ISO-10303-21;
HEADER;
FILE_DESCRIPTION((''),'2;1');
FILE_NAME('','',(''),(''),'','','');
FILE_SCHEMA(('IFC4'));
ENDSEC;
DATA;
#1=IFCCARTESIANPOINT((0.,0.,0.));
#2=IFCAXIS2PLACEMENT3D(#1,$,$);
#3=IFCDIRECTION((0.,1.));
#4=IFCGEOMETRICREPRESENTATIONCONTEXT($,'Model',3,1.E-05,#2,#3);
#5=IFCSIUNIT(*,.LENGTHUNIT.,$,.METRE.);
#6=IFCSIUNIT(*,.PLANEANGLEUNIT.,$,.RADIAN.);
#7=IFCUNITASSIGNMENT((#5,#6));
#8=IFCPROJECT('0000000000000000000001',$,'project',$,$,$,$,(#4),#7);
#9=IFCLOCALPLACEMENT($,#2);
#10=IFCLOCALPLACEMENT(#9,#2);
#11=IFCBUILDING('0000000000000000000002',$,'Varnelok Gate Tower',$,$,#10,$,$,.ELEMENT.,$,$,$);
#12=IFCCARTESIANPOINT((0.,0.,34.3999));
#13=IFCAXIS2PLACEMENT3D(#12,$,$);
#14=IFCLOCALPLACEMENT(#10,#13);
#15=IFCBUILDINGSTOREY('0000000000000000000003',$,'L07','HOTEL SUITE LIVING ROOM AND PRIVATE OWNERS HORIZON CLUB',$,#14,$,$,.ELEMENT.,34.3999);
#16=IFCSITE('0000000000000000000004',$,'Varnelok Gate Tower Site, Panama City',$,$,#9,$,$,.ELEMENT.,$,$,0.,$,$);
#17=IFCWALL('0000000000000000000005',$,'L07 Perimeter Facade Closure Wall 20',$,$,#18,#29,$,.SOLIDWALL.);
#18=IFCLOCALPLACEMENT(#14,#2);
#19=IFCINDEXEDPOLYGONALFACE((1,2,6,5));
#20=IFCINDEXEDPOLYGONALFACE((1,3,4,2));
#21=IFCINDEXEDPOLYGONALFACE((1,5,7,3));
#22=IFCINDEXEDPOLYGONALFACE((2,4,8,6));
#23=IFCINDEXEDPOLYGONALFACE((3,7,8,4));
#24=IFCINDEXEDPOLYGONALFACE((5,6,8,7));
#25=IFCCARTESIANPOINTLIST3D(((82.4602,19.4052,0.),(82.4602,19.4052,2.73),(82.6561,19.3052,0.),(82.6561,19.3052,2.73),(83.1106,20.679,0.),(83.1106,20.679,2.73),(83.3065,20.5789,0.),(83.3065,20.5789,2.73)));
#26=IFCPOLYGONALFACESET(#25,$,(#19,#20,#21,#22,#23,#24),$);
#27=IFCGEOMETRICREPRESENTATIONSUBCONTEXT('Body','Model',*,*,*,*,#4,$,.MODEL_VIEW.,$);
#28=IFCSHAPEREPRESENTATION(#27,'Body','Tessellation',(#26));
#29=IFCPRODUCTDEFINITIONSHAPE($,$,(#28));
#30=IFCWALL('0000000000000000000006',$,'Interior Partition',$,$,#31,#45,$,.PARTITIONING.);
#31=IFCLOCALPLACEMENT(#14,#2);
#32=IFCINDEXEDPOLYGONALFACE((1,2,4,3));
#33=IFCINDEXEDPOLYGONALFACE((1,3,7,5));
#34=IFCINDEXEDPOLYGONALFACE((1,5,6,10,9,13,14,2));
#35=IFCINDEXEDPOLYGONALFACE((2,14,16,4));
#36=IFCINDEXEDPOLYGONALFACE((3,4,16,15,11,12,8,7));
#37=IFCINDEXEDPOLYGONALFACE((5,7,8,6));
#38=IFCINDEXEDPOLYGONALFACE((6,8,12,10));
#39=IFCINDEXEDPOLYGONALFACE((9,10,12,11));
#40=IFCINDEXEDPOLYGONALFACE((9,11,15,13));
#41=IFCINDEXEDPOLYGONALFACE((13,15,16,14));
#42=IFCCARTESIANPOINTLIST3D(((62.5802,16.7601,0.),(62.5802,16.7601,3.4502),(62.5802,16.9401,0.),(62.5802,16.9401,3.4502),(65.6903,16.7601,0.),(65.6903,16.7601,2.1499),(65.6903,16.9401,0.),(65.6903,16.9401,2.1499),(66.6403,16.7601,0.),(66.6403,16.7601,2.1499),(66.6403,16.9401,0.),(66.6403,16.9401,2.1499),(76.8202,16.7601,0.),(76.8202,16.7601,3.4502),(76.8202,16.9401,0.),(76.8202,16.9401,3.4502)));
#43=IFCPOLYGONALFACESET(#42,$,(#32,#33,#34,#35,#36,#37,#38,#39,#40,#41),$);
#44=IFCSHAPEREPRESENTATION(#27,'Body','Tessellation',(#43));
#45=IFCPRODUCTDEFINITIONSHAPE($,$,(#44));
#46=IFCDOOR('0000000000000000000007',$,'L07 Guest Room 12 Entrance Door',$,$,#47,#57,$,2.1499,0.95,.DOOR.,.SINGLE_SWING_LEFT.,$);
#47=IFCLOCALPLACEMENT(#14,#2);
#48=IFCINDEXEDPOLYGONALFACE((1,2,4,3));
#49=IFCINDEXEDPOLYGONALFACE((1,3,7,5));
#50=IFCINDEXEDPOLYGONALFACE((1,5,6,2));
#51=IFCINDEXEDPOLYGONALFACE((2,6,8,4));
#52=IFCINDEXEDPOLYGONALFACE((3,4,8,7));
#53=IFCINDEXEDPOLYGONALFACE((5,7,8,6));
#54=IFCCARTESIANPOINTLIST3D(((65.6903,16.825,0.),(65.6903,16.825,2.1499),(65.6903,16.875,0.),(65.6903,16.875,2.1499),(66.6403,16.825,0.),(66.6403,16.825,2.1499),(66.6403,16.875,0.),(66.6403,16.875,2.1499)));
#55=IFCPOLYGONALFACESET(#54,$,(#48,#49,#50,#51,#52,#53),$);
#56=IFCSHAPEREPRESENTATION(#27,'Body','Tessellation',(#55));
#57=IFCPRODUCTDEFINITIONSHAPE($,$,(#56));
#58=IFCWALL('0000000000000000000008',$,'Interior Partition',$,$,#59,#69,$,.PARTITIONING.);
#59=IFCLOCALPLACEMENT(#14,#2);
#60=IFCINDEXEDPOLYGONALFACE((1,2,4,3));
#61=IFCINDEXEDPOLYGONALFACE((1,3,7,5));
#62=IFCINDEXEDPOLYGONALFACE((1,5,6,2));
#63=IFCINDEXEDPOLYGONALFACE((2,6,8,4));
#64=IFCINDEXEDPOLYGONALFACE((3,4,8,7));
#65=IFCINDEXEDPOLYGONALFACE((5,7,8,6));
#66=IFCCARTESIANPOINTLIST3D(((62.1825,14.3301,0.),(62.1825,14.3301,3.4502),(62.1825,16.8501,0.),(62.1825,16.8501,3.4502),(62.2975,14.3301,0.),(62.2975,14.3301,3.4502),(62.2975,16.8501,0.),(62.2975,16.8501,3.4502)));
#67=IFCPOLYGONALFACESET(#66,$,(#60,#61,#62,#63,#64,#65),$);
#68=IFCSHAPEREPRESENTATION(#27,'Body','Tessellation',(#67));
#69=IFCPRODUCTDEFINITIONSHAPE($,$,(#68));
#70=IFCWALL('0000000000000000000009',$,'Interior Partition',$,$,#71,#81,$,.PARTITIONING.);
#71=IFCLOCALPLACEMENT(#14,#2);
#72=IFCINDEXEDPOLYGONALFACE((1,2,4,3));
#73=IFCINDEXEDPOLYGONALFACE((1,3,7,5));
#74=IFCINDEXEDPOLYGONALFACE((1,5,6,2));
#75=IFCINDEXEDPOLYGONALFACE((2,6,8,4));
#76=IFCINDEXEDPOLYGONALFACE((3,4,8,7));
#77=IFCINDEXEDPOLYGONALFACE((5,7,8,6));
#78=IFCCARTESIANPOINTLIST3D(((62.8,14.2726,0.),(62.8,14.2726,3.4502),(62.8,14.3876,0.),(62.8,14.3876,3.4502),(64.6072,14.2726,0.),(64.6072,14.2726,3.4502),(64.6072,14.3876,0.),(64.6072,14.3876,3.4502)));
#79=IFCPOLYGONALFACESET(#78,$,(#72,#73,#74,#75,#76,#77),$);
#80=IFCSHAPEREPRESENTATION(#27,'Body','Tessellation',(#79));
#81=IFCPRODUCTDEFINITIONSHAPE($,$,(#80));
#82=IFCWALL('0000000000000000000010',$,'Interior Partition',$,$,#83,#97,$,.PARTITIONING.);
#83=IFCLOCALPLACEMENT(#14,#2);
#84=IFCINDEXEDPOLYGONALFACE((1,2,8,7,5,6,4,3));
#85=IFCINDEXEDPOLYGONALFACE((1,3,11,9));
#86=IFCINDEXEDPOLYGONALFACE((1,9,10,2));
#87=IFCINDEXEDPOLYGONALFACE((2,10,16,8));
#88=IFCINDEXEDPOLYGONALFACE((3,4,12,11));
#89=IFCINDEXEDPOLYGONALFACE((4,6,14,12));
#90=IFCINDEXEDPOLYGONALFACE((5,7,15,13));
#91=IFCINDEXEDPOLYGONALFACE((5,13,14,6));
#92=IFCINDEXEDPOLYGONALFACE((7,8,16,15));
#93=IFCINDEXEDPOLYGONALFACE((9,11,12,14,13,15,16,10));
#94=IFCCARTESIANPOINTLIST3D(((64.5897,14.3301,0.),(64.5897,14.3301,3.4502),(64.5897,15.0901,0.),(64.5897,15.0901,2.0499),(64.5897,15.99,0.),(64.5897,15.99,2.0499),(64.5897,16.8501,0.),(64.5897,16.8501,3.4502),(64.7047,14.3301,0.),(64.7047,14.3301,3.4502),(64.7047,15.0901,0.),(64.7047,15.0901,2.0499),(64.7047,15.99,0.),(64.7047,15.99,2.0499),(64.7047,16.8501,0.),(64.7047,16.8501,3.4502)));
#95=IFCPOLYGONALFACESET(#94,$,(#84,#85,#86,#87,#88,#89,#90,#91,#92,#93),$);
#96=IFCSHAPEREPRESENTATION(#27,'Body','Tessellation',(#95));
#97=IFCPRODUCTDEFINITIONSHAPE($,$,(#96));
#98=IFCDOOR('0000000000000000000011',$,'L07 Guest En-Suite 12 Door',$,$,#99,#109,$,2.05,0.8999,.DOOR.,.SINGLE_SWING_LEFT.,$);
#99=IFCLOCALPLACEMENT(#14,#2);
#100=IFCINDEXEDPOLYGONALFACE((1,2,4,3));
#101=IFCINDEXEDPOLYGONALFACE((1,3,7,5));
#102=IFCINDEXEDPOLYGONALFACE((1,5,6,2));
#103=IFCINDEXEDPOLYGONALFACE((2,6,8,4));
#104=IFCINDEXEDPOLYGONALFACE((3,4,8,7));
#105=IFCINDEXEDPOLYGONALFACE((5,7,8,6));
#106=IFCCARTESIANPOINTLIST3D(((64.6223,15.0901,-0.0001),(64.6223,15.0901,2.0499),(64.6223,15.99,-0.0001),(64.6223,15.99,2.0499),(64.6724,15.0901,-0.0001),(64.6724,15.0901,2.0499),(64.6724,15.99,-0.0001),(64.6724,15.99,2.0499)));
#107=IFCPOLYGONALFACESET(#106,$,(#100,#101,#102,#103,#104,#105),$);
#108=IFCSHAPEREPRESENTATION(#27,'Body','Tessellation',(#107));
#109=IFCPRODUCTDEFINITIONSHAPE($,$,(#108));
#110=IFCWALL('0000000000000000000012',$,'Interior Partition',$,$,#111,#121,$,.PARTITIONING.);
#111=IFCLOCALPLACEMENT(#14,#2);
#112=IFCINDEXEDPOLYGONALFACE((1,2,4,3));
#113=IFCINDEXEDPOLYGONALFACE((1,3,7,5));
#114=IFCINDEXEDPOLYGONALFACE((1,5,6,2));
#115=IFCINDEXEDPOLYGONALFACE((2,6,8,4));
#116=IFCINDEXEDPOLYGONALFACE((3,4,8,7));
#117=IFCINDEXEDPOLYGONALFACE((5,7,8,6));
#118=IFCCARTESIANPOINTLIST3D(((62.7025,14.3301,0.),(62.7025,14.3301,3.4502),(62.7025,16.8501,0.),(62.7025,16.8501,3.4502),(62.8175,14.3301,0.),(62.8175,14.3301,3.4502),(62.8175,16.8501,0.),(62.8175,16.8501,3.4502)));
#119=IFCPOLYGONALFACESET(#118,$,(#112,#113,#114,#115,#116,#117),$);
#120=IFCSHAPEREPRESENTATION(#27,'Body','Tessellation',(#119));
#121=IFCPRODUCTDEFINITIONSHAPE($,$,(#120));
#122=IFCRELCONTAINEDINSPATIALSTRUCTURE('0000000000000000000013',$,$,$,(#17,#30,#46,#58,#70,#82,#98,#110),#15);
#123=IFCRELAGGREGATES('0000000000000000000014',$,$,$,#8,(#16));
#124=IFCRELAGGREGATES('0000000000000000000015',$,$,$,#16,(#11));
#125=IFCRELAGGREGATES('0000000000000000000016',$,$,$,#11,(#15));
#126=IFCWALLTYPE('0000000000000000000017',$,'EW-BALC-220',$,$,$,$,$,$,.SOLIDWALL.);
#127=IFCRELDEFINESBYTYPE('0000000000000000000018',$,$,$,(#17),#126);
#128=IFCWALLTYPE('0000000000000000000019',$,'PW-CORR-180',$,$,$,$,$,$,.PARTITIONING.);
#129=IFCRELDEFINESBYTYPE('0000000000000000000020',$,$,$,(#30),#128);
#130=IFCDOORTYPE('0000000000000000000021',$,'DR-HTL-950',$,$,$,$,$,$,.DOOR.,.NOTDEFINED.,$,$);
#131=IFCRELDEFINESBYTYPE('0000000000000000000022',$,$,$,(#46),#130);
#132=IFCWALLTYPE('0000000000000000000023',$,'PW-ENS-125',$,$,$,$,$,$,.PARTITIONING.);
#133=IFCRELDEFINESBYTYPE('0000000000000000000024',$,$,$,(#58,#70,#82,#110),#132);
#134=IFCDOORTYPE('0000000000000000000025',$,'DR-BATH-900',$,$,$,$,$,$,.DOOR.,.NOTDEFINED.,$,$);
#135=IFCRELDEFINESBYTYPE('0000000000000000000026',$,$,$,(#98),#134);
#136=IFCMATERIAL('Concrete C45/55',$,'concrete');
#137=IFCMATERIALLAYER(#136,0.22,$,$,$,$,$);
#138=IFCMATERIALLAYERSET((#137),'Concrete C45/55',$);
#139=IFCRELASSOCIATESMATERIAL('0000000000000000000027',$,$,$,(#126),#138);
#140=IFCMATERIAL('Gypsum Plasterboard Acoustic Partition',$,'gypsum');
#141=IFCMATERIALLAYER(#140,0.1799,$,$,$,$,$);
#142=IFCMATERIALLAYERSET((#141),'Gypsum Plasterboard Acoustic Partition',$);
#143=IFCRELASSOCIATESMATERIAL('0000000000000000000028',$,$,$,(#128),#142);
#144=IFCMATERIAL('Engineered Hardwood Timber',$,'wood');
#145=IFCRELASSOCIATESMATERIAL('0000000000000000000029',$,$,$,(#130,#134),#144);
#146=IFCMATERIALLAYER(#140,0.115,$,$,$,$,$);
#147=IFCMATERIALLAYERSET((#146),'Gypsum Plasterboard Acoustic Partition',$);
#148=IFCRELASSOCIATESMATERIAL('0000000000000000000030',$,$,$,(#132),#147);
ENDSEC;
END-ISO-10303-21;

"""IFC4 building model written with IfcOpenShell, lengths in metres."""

from ifc_helpers import new_model, si_unit, direction, frame, frame_2d, origin, place, context, subcontext, project, spatial, rectangle, extrude, material, layer, layer_set, type_object, element, fill, save


model = new_model("IFC4")

# Units and contexts
model_context = context("Model", 3, precision=1e-05, world=origin(), true_north=direction((0.0, 1.0)))
body_context = subcontext(model_context, "Body", "Model", "MODEL_VIEW")
ifc_project = project(units=[si_unit("LENGTHUNIT", "METRE"), si_unit("PLANEANGLEUNIT", "RADIAN")], contexts=[model_context])

# Site, building, storey
site_placement = place(None, origin())
site = spatial("IfcSite", under=ifc_project, at=site_placement, Name="Varnelok Gate Tower Site, Panama City", CompositionType="ELEMENT", RefElevation=0.0)
building_placement = place(site_placement, origin())
building = spatial("IfcBuilding", under=site, at=building_placement, Name="Varnelok Gate Tower", CompositionType="ELEMENT")
storey_placement = place(building_placement, frame((0.0, 0.0, 34.3999)))
storey = spatial("IfcBuildingStorey", under=building, at=storey_placement, Name="L07", Description="HOTEL SUITE LIVING ROOM AND PRIVATE OWNERS HORIZON CLUB", CompositionType="ELEMENT", Elevation=34.3999)

# Wall
ifc_material_1 = material(Name="Concrete C45/55", Category="concrete")
ifc_layer_1 = layer(ifc_material_1, 0.22)
ifc_layer_set_1 = layer_set([ifc_layer_1], Name="Concrete C45/55")
wall_type_1 = type_object("IfcWallType", Name="EW-BALC-220", PredefinedType="SOLIDWALL", material=ifc_layer_set_1)
wall_1_placement = place(storey_placement, frame((82.5581, 19.3552, 0.0), z_axis=(0.0, 0.0, 1.0), x_axis=(0.454777, 0.890605, 0.0)))
element("IfcWall", 1, at=wall_1_placement, inside=storey, type_object=wall_type_1, Name="L07 Perimeter Facade Closure Wall 20", PredefinedType="SOLIDWALL", context=body_context, shape_type="SweptSolid", body=[
    extrude(rectangle(XDim=1.4302, YDim=0.22, at=frame_2d((0.7151, 0.0))), origin(), (0.0, 0.0, 1.0), 2.73),
])

# Wall, opening, door
ifc_material_2 = material(Name="Gypsum Plasterboard Acoustic Partition", Category="gypsum")
ifc_layer_2 = layer(ifc_material_2, 0.1799)
ifc_layer_set_2 = layer_set([ifc_layer_2], Name="Gypsum Plasterboard Acoustic Partition")
wall_type_2 = type_object("IfcWallType", Name="PW-CORR-180", PredefinedType="PARTITIONING", material=ifc_layer_set_2)
wall_2_placement = place(storey_placement, frame((62.5801, 16.8501, 0.0), z_axis=(0.0, 0.0, 1.0), x_axis=(1.0, 0.0, 0.0)))
wall_2 = element("IfcWall", 2, at=wall_2_placement, inside=storey, type_object=wall_type_2, Name="Interior Partition", PredefinedType="PARTITIONING", context=body_context, shape_type="SweptSolid", body=[
    extrude(rectangle(XDim=14.24, YDim=0.1799, at=frame_2d((7.1201, 0.0))), origin(), (0.0, 0.0, 1.0), 3.4502),
])
opening_1_placement = place(wall_2_placement, frame((3.1101, 0.0, 0.0)))
opening_1 = element("IfcOpeningElement", 3, at=opening_1_placement, cuts=wall_2, PredefinedType="OPENING", context=body_context, shape_type="SweptSolid", body=[
    extrude(rectangle(XDim=0.95, YDim=2.1499, at=frame_2d((0.4751, 1.075))), frame((0.0, 0.0999, 0.0), z_axis=(0.0, -1.0, 0.0), x_axis=(1.0, 0.0, 0.0)), (0.0, 0.0, 1.0), 0.2),
])
ifc_material_3 = material(Name="Engineered Hardwood Timber", Category="wood")
door_type_1 = type_object("IfcDoorType", Name="DR-HTL-950", OperationType="NOTDEFINED", PredefinedType="DOOR", material=ifc_material_3)
door_1_placement = place(opening_1_placement, origin())
door_1 = element("IfcDoor", 4, at=door_1_placement, inside=storey, type_object=door_type_1, Name="L07 Guest Room 12 Entrance Door", OperationType="SINGLE_SWING_LEFT", OverallHeight=2.1499, OverallWidth=0.95, PredefinedType="DOOR", context=body_context, shape_type="SweptSolid", body=[
    extrude(rectangle(XDim=0.95, YDim=2.1499, at=frame_2d((0.4751, 1.075))), frame((0.0, 0.0249, 0.0), z_axis=(0.0, -1.0, 0.0), x_axis=(1.0, 0.0, 0.0)), (0.0, 0.0, 1.0), 0.05),
])
fill(opening_1, door_1)

# Walls
ifc_layer_3 = layer(ifc_material_2, 0.115)
ifc_layer_set_3 = layer_set([ifc_layer_3], Name="Gypsum Plasterboard Acoustic Partition")
wall_type_3 = type_object("IfcWallType", Name="PW-ENS-125", PredefinedType="PARTITIONING", material=ifc_layer_set_3)
wall_3_placement = place(storey_placement, frame((62.24, 14.3301, 0.0), z_axis=(0.0, 0.0, 1.0), x_axis=(0.0, 1.0, 0.0)))
element("IfcWall", 5, at=wall_3_placement, inside=storey, type_object=wall_type_3, Name="Interior Partition", PredefinedType="PARTITIONING", context=body_context, shape_type="SweptSolid", body=[
    extrude(rectangle(XDim=2.52, YDim=0.115, at=frame_2d((1.26, 0.0))), origin(), (0.0, 0.0, 1.0), 3.4502),
])
wall_4_placement = place(storey_placement, frame((62.8, 14.3301, 0.0), z_axis=(0.0, 0.0, 1.0), x_axis=(1.0, 0.0, 0.0)))
element("IfcWall", 6, at=wall_4_placement, inside=storey, type_object=wall_type_3, Name="Interior Partition", PredefinedType="PARTITIONING", context=body_context, shape_type="SweptSolid", body=[
    extrude(rectangle(XDim=1.8071, YDim=0.115, at=frame_2d((0.9036, 0.0))), origin(), (0.0, 0.0, 1.0), 3.4502),
])

# Wall, opening, door
wall_5_placement = place(storey_placement, frame((64.6472, 14.3301, 0.0), z_axis=(0.0, 0.0, 1.0), x_axis=(0.0, 1.0, 0.0)))
wall_5 = element("IfcWall", 7, at=wall_5_placement, inside=storey, type_object=wall_type_3, Name="Interior Partition", PredefinedType="PARTITIONING", context=body_context, shape_type="SweptSolid", body=[
    extrude(rectangle(XDim=2.52, YDim=0.115, at=frame_2d((1.26, 0.0))), origin(), (0.0, 0.0, 1.0), 3.4502),
])
opening_2_placement = place(wall_5_placement, frame((0.76, 0.0, 0.0)))
opening_2 = element("IfcOpeningElement", 8, at=opening_2_placement, cuts=wall_5, PredefinedType="OPENING", context=body_context, shape_type="SweptSolid", body=[
    extrude(rectangle(XDim=0.8999, YDim=2.05, at=frame_2d((0.45, 1.0249))), frame((0.0, 0.0674, 0.0), z_axis=(0.0, -1.0, 0.0), x_axis=(1.0, 0.0, 0.0)), (0.0, 0.0, 1.0), 0.135),
])
door_type_2 = type_object("IfcDoorType", Name="DR-BATH-900", OperationType="NOTDEFINED", PredefinedType="DOOR", material=ifc_material_3)
door_2_placement = place(opening_2_placement, origin())
door_2 = element("IfcDoor", 9, at=door_2_placement, inside=storey, type_object=door_type_2, Name="L07 Guest En-Suite 12 Door", OperationType="SINGLE_SWING_LEFT", OverallHeight=2.05, OverallWidth=0.8999, PredefinedType="DOOR", context=body_context, shape_type="SweptSolid", body=[
    extrude(rectangle(XDim=0.8999, YDim=2.05, at=frame_2d((0.45, 1.0249))), frame((0.0, 0.0249, 0.0), z_axis=(0.0, -1.0, 0.0), x_axis=(1.0, 0.0, 0.0)), (0.0, 0.0, 1.0), 0.05),
])
fill(opening_2, door_2)

# Wall
wall_6_placement = place(storey_placement, frame((62.76, 14.3301, 0.0), z_axis=(0.0, 0.0, 1.0), x_axis=(0.0, 1.0, 0.0)))
element("IfcWall", 10, at=wall_6_placement, inside=storey, type_object=wall_type_3, Name="Interior Partition", PredefinedType="PARTITIONING", context=body_context, shape_type="SweptSolid", body=[
    extrude(rectangle(XDim=2.52, YDim=0.115, at=frame_2d((1.26, 0.0))), origin(), (0.0, 0.0, 1.0), 3.4502),
])

save(model, "model.ifc")
